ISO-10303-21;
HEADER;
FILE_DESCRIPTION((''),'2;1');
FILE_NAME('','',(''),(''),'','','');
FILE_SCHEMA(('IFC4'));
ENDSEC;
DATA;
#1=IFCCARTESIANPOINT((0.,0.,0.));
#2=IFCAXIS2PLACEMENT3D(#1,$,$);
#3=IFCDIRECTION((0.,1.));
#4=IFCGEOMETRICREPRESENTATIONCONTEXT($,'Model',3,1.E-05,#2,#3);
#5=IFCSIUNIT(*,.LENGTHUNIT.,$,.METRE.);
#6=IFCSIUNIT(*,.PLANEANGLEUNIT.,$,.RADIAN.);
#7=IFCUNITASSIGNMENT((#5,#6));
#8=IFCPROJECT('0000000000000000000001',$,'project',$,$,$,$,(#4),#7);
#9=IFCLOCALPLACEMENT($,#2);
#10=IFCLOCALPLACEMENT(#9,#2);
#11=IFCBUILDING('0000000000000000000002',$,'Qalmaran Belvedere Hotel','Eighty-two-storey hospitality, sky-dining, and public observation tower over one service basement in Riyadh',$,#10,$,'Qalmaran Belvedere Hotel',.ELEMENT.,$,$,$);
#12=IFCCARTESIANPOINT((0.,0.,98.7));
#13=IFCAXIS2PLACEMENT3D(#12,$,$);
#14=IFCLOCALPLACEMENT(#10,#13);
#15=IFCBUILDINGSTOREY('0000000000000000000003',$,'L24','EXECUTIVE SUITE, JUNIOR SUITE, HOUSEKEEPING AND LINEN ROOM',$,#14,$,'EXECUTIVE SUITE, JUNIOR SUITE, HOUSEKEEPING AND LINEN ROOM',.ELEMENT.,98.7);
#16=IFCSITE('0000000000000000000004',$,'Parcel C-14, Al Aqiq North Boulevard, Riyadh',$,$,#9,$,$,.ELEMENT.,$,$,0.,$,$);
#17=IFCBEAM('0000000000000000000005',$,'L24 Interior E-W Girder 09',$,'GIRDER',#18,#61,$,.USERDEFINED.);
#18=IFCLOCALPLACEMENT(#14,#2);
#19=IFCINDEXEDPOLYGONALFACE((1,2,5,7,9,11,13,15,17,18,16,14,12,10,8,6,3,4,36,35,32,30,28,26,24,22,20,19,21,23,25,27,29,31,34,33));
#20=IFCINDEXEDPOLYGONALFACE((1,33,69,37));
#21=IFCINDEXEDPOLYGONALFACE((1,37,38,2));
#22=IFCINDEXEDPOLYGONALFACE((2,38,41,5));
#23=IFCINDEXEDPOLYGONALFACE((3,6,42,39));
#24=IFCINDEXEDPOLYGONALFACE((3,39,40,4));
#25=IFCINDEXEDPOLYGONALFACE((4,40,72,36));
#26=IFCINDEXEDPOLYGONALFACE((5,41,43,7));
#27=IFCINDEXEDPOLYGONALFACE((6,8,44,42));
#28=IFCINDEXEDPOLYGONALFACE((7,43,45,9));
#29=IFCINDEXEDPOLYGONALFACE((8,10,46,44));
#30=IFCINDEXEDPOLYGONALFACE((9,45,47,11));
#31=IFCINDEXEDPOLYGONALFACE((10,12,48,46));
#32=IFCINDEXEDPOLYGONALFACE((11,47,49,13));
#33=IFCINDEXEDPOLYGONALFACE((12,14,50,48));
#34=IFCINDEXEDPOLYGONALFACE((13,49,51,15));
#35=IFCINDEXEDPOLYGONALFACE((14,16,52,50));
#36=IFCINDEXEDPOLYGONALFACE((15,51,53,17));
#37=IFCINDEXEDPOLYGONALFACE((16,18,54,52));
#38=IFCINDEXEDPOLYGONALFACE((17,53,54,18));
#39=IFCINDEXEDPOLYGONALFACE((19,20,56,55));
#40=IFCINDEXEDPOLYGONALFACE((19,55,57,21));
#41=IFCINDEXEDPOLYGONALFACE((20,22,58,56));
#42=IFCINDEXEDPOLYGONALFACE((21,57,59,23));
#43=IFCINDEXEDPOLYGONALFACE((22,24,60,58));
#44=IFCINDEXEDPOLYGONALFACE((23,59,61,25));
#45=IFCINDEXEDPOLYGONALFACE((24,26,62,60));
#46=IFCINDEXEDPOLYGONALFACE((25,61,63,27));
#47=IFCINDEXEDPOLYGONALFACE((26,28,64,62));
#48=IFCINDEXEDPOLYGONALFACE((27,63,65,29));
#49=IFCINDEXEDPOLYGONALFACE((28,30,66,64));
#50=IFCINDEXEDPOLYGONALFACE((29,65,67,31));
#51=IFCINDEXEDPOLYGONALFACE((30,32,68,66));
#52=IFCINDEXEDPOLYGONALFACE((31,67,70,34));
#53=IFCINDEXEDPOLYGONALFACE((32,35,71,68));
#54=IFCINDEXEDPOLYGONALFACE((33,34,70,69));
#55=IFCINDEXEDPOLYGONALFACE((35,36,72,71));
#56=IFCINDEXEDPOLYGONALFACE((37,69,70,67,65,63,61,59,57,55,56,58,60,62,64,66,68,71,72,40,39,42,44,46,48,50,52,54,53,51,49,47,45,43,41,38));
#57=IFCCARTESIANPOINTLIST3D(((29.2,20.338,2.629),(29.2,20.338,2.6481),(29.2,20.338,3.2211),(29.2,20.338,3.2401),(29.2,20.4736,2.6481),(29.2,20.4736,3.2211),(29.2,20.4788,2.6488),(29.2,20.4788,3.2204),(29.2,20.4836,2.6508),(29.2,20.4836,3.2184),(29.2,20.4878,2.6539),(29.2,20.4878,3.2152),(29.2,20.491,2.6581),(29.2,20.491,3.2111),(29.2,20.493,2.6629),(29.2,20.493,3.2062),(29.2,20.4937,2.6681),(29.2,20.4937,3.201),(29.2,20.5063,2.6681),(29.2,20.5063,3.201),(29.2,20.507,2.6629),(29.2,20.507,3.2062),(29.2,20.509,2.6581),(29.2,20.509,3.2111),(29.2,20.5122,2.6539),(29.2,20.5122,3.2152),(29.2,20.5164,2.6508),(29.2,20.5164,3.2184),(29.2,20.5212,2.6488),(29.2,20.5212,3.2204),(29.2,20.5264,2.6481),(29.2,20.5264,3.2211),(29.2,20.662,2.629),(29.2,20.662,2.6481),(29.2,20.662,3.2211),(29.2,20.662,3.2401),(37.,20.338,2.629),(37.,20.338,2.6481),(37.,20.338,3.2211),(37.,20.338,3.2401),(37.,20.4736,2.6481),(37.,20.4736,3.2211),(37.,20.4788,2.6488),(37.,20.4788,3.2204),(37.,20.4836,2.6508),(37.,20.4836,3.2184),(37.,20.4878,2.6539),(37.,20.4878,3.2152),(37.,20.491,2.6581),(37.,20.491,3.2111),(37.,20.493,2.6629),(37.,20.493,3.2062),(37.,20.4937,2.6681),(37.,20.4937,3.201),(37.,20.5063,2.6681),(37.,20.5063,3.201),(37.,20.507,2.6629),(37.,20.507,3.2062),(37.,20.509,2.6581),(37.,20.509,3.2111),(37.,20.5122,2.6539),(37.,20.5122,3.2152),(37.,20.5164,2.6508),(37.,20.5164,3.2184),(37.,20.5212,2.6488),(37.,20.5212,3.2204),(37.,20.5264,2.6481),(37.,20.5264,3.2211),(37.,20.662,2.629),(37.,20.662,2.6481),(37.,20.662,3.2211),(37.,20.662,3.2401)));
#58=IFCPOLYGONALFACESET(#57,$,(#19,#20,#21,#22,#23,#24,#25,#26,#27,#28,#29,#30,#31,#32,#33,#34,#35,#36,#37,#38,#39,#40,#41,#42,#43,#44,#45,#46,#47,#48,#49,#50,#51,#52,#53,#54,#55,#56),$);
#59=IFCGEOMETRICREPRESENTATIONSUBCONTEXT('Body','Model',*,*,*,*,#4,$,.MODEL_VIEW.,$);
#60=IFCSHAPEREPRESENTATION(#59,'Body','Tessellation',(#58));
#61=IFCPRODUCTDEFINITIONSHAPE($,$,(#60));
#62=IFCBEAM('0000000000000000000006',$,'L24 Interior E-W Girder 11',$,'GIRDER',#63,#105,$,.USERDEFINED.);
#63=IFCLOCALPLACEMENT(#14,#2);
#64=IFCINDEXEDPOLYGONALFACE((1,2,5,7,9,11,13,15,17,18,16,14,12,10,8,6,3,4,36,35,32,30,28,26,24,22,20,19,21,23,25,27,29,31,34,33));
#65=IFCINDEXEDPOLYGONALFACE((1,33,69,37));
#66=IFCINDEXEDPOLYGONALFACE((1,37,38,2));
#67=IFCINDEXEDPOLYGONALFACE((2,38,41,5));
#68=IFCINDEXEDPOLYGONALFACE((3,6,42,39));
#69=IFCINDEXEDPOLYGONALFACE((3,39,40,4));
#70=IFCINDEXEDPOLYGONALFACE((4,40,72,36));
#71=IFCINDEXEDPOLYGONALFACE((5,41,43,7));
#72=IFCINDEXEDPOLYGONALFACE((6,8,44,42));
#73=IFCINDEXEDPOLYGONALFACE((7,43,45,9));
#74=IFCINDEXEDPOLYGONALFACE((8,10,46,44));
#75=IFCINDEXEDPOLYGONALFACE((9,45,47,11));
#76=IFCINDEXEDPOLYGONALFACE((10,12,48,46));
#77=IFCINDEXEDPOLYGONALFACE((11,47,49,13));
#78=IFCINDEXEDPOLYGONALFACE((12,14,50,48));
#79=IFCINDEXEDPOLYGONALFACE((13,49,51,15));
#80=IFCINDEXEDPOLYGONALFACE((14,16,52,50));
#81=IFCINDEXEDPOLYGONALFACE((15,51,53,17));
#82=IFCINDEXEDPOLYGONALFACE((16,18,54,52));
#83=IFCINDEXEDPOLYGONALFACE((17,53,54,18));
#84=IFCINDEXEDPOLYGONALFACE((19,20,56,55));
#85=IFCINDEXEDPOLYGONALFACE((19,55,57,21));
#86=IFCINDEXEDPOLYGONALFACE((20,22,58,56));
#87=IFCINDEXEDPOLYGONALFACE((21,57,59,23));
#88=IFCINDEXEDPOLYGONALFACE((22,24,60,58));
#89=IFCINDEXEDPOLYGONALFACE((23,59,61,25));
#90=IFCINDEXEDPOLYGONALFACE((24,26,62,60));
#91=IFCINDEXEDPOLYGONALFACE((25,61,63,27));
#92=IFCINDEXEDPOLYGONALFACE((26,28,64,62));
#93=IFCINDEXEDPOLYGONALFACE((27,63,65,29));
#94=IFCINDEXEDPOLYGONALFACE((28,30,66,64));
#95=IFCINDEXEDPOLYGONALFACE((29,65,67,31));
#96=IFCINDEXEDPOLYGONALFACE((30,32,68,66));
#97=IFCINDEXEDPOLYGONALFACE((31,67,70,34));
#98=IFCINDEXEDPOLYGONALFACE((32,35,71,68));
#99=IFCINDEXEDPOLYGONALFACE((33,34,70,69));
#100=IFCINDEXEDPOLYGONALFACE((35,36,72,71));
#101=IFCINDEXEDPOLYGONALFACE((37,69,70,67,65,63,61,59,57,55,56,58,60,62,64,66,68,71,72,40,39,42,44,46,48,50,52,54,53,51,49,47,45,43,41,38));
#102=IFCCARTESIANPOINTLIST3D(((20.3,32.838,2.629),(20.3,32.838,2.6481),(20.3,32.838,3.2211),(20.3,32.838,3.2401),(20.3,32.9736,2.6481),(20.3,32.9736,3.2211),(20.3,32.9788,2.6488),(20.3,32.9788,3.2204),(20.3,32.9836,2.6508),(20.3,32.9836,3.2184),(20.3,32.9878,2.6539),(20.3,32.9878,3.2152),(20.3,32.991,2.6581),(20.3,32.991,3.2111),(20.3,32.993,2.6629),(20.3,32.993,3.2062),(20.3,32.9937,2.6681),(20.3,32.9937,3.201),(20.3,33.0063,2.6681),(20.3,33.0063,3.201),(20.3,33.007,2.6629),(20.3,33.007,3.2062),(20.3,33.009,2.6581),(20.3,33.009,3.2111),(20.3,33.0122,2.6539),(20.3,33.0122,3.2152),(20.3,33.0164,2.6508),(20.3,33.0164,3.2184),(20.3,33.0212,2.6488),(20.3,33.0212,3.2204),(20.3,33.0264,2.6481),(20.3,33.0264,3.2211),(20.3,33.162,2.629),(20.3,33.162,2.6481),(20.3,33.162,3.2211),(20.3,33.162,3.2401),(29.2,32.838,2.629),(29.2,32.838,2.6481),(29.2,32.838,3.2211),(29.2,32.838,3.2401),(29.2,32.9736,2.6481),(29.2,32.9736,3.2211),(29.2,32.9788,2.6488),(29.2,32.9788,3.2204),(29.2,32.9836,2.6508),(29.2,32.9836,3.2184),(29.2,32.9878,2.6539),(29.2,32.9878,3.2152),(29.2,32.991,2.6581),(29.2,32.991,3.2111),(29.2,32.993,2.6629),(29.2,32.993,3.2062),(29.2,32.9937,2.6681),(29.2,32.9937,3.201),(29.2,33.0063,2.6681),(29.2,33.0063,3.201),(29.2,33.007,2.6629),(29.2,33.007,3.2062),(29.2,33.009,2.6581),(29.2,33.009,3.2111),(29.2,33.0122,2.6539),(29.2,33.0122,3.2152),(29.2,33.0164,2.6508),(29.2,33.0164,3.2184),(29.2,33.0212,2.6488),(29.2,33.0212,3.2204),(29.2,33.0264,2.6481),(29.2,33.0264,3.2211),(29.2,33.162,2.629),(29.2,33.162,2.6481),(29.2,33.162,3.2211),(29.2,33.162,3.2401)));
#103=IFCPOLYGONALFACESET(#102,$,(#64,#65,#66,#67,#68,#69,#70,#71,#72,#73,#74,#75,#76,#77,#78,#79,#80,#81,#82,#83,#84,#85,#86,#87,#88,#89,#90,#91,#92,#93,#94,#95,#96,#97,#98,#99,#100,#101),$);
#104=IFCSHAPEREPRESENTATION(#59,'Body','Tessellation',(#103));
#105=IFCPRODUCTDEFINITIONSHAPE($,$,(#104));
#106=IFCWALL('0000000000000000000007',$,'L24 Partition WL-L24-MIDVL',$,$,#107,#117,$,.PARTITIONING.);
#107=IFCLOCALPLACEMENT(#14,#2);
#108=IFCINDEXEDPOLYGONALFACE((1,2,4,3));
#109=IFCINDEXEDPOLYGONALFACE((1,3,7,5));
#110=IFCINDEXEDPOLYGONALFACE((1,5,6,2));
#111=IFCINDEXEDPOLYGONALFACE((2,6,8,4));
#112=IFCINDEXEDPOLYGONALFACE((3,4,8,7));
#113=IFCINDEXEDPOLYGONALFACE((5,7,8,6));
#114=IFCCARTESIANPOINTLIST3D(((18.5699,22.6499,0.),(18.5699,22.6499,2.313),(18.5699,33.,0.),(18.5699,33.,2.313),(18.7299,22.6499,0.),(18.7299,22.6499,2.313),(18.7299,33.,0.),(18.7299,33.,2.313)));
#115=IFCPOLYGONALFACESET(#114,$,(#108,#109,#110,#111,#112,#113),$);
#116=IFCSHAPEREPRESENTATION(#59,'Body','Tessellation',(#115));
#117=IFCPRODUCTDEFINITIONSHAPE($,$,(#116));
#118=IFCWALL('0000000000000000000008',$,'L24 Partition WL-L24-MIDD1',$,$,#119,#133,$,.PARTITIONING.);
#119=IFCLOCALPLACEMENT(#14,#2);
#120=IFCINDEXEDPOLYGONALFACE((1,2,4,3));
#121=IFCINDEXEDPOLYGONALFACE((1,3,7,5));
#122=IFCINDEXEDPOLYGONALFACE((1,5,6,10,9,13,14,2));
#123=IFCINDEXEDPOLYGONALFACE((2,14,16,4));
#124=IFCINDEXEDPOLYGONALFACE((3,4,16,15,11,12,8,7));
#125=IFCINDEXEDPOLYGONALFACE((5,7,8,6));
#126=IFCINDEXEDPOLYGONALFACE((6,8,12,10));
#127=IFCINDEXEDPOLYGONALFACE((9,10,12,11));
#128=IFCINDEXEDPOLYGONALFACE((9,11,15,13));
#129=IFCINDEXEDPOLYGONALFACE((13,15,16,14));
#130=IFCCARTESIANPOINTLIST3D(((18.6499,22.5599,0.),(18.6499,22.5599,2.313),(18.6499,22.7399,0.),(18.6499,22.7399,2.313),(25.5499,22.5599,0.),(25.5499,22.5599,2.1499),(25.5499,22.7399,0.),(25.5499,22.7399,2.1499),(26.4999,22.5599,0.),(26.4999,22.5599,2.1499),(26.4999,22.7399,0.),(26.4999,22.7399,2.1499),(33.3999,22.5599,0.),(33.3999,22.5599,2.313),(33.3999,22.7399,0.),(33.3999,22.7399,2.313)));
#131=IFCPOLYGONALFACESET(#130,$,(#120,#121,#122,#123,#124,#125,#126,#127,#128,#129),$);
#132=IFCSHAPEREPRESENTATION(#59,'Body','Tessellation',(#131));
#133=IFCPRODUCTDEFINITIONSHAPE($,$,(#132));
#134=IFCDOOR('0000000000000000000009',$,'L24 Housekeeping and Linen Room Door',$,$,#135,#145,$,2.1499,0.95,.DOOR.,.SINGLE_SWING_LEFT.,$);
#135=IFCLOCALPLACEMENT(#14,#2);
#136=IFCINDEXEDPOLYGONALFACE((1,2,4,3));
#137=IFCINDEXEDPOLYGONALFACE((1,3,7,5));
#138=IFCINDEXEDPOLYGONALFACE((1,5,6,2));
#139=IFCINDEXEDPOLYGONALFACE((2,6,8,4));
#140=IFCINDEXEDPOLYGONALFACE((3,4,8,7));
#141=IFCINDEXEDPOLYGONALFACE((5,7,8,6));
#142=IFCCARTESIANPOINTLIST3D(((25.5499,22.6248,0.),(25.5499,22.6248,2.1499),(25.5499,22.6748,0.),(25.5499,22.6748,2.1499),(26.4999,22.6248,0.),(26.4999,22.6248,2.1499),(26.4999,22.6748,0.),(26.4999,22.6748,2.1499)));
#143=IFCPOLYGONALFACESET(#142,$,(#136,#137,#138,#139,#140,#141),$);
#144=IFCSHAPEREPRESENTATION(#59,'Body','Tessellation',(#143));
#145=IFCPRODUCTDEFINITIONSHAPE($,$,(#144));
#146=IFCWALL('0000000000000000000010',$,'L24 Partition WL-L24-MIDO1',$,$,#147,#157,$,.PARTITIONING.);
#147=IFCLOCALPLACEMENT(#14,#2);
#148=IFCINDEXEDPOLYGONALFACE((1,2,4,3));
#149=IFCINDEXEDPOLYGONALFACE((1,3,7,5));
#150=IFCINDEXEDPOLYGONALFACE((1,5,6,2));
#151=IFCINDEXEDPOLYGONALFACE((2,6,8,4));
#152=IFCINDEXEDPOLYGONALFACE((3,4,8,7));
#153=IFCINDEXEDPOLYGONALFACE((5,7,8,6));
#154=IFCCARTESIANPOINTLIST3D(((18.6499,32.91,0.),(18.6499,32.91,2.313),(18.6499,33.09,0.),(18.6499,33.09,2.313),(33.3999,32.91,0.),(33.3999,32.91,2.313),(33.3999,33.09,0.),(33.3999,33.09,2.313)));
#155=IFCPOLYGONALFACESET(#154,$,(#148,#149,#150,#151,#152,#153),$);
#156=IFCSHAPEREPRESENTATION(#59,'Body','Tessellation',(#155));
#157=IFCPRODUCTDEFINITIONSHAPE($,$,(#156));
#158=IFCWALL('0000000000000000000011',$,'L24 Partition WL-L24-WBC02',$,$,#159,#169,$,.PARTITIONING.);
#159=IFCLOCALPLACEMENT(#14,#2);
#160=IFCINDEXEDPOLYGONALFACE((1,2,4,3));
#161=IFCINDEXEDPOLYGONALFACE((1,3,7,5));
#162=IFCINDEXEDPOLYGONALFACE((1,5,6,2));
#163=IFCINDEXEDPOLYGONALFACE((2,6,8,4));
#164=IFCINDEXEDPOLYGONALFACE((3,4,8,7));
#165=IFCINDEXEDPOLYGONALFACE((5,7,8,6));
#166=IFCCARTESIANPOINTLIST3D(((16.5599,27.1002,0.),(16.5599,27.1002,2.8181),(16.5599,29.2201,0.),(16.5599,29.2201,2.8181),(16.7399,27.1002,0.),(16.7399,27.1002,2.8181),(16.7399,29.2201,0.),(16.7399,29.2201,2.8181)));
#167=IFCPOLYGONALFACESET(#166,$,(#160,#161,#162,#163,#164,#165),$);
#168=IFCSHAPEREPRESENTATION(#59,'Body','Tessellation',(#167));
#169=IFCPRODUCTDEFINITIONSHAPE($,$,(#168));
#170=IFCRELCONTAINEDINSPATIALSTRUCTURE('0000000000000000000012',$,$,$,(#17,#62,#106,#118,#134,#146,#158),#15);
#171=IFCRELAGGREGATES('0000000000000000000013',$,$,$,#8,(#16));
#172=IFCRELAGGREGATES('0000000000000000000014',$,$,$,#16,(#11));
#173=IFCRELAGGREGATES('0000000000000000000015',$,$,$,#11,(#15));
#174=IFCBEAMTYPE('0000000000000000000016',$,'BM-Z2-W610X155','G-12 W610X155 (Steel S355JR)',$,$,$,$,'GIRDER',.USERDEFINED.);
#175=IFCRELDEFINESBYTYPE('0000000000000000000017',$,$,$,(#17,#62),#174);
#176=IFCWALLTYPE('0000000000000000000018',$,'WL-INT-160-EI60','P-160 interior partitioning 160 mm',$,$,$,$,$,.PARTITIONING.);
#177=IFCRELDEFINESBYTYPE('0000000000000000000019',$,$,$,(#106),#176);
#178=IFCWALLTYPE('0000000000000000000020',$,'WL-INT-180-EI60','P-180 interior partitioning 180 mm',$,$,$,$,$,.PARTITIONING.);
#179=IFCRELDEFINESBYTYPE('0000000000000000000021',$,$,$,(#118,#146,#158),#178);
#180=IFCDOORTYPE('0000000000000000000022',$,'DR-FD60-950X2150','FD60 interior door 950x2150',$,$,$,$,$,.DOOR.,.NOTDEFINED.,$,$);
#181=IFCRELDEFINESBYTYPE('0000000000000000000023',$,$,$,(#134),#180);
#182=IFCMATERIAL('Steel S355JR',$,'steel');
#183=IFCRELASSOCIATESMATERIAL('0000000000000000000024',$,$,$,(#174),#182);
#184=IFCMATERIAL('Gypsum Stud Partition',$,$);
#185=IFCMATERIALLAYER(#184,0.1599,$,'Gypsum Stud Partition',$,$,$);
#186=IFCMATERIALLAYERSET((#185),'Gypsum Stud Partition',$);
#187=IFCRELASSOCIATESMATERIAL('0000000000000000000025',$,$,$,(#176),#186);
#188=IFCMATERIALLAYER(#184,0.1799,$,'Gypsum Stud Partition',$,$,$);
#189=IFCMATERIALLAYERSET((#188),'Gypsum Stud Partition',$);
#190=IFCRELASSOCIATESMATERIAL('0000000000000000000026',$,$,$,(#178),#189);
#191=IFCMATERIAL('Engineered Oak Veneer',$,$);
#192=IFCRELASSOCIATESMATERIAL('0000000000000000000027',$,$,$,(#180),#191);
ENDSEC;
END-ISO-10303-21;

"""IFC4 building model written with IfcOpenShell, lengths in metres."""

from ifc_helpers import new_model, si_unit, direction, frame, frame_2d, origin, origin_2d, place, context, subcontext, project, spatial, rectangle, i_section, extrude, material, layer, layer_set, material_profile, profile_set, type_object, element, fill, save


model = new_model("IFC4")

# Units and contexts
model_context = context("Model", 3, precision=1e-05, world=origin(), true_north=direction((0.0, 1.0)))
body_context = subcontext(model_context, "Body", "Model", "MODEL_VIEW")
ifc_project = project(units=[si_unit("LENGTHUNIT", "METRE"), si_unit("PLANEANGLEUNIT", "RADIAN")], contexts=[model_context])

# Site, building, storey
site_placement = place(None, origin())
site = spatial("IfcSite", under=ifc_project, at=site_placement, Name="Parcel C-14, Al Aqiq North Boulevard, Riyadh", CompositionType="ELEMENT", RefElevation=0.0)
building_placement = place(site_placement, origin())
building = spatial("IfcBuilding", under=site, at=building_placement, Name="Qalmaran Belvedere Hotel", Description="Eighty-two-storey hospitality, sky-dining, and public observation tower over one service basement in Riyadh", LongName="Qalmaran Belvedere Hotel", CompositionType="ELEMENT")
storey_placement = place(building_placement, frame((0.0, 0.0, 98.7)))
storey = spatial("IfcBuildingStorey", under=building, at=storey_placement, Name="L24", Description="EXECUTIVE SUITE, JUNIOR SUITE, HOUSEKEEPING AND LINEN ROOM", LongName="EXECUTIVE SUITE, JUNIOR SUITE, HOUSEKEEPING AND LINEN ROOM", CompositionType="ELEMENT", Elevation=98.7)

# Beams
ifc_material_1 = material(Name="Steel S355JR", Category="steel")
ifc_material_profile_1 = material_profile(ifc_material_1, i_section(OverallWidth=0.324, OverallDepth=0.6111, WebThickness=0.0127, FlangeThickness=0.019, FilletRadius=0.02, at=origin_2d()), Name="W610X155")
ifc_profile_set_1 = profile_set([ifc_material_profile_1], Name="Steel S355JR")
beam_type_1 = type_object("IfcBeamType", Name="BM-Z2-W610X155", Description="G-12 W610X155 (Steel S355JR)", ElementType="GIRDER", PredefinedType="USERDEFINED", material=ifc_profile_set_1)
beam_1_placement = place(storey_placement, frame((29.2, 20.5, 2.9346), z_axis=(1.0, 0.0, 0.0), x_axis=(0.0, 1.0, 0.0)))
element("IfcBeam", 1, at=beam_1_placement, inside=storey, type_object=beam_type_1, Name="L24 Interior E-W Girder 09", ObjectType="GIRDER", PredefinedType="USERDEFINED", context=body_context, shape_type="SweptSolid", body=[
    extrude(i_section(OverallWidth=0.324, OverallDepth=0.6111, WebThickness=0.0127, FlangeThickness=0.019, FilletRadius=0.02, at=origin_2d()), origin(), (0.0, 0.0, 1.0), 7.8),
])
beam_2_placement = place(storey_placement, frame((20.3, 33.0, 2.9346), z_axis=(1.0, 0.0, 0.0), x_axis=(0.0, 1.0, 0.0)))
element("IfcBeam", 2, at=beam_2_placement, inside=storey, type_object=beam_type_1, Name="L24 Interior E-W Girder 11", ObjectType="GIRDER", PredefinedType="USERDEFINED", context=body_context, shape_type="SweptSolid", body=[
    extrude(i_section(OverallWidth=0.324, OverallDepth=0.6111, WebThickness=0.0127, FlangeThickness=0.019, FilletRadius=0.02, at=origin_2d()), origin(), (0.0, 0.0, 1.0), 8.8999),
])

# Shared definitions
ifc_material_2 = material(Name="Gypsum Stud Partition")

# Wall
ifc_layer_1 = layer(ifc_material_2, 0.1599, Name="Gypsum Stud Partition")
ifc_layer_set_1 = layer_set([ifc_layer_1], Name="Gypsum Stud Partition")
wall_type_1 = type_object("IfcWallType", Name="WL-INT-160-EI60", Description="P-160 interior partitioning 160 mm", PredefinedType="PARTITIONING", material=ifc_layer_set_1)
wall_1_placement = place(storey_placement, frame((18.6499, 22.6499, 0.0), z_axis=(0.0, 0.0, 1.0), x_axis=(0.0, 1.0, 0.0)))
element("IfcWall", 3, at=wall_1_placement, inside=storey, type_object=wall_type_1, Name="L24 Partition WL-L24-MIDVL", PredefinedType="PARTITIONING", context=body_context, shape_type="SweptSolid", body=[
    extrude(rectangle(XDim=10.3501, YDim=0.1599, at=frame_2d((5.175, 0.0))), origin(), (0.0, 0.0, 1.0), 2.313),
])

# Wall, opening, door
ifc_layer_2 = layer(ifc_material_2, 0.1799, Name="Gypsum Stud Partition")
ifc_layer_set_2 = layer_set([ifc_layer_2], Name="Gypsum Stud Partition")
wall_type_2 = type_object("IfcWallType", Name="WL-INT-180-EI60", Description="P-180 interior partitioning 180 mm", PredefinedType="PARTITIONING", material=ifc_layer_set_2)
wall_2_placement = place(storey_placement, frame((18.6499, 22.6499, 0.0), z_axis=(0.0, 0.0, 1.0), x_axis=(1.0, 0.0, 0.0)))
wall_2 = element("IfcWall", 4, at=wall_2_placement, inside=storey, type_object=wall_type_2, Name="L24 Partition WL-L24-MIDD1", PredefinedType="PARTITIONING", context=body_context, shape_type="SweptSolid", body=[
    extrude(rectangle(XDim=14.75, YDim=0.1799, at=frame_2d((7.375, 0.0))), origin(), (0.0, 0.0, 1.0), 2.313),
])
opening_1_placement = place(wall_2_placement, frame((6.8999, 0.0, 0.0)))
opening_1 = element("IfcOpeningElement", 5, at=opening_1_placement, cuts=wall_2, PredefinedType="OPENING", context=body_context, shape_type="SweptSolid", body=[
    extrude(rectangle(XDim=0.95, YDim=2.1499, at=frame_2d((0.4751, 1.075))), frame((0.0, 0.1001, 0.0), z_axis=(0.0, -1.0, 0.0), x_axis=(1.0, 0.0, 0.0)), (0.0, 0.0, 1.0), 0.2),
])
ifc_material_3 = material(Name="Engineered Oak Veneer")
door_type_1 = type_object("IfcDoorType", Name="DR-FD60-950X2150", Description="FD60 interior door 950x2150", OperationType="NOTDEFINED", PredefinedType="DOOR", material=ifc_material_3)
door_1_placement = place(opening_1_placement, origin())
door_1 = element("IfcDoor", 6, at=door_1_placement, inside=storey, type_object=door_type_1, Name="L24 Housekeeping and Linen Room Door", OperationType="SINGLE_SWING_LEFT", OverallHeight=2.1499, OverallWidth=0.95, PredefinedType="DOOR", context=body_context, shape_type="SweptSolid", body=[
    extrude(rectangle(XDim=0.95, YDim=2.1499, at=frame_2d((0.4751, 1.075))), frame((0.0, 0.0249, 0.0), z_axis=(0.0, -1.0, 0.0), x_axis=(1.0, 0.0, 0.0)), (0.0, 0.0, 1.0), 0.05),
])
fill(opening_1, door_1)

# Wall
wall_3_placement = place(storey_placement, frame((18.6499, 33.0, 0.0), z_axis=(0.0, 0.0, 1.0), x_axis=(1.0, 0.0, 0.0)))
element("IfcWall", 7, at=wall_3_placement, inside=storey, type_object=wall_type_2, Name="L24 Partition WL-L24-MIDO1", PredefinedType="PARTITIONING", context=body_context, shape_type="SweptSolid", body=[
    extrude(rectangle(XDim=14.75, YDim=0.1799, at=frame_2d((7.375, 0.0))), origin(), (0.0, 0.0, 1.0), 2.313),
])

# Wall
wall_4_placement = place(storey_placement, frame((16.6499, 27.1001, 0.0), z_axis=(0.0, 0.0, 1.0), x_axis=(0.0, 1.0, 0.0)))
element("IfcWall", 8, at=wall_4_placement, inside=storey, type_object=wall_type_2, Name="L24 Partition WL-L24-WBC02", PredefinedType="PARTITIONING", context=body_context, shape_type="SweptSolid", body=[
    extrude(rectangle(XDim=2.1199, YDim=0.1799, at=frame_2d((1.0601, 0.0))), origin(), (0.0, 0.0, 1.0), 2.8181),
])

save(model, "model.ifc")
